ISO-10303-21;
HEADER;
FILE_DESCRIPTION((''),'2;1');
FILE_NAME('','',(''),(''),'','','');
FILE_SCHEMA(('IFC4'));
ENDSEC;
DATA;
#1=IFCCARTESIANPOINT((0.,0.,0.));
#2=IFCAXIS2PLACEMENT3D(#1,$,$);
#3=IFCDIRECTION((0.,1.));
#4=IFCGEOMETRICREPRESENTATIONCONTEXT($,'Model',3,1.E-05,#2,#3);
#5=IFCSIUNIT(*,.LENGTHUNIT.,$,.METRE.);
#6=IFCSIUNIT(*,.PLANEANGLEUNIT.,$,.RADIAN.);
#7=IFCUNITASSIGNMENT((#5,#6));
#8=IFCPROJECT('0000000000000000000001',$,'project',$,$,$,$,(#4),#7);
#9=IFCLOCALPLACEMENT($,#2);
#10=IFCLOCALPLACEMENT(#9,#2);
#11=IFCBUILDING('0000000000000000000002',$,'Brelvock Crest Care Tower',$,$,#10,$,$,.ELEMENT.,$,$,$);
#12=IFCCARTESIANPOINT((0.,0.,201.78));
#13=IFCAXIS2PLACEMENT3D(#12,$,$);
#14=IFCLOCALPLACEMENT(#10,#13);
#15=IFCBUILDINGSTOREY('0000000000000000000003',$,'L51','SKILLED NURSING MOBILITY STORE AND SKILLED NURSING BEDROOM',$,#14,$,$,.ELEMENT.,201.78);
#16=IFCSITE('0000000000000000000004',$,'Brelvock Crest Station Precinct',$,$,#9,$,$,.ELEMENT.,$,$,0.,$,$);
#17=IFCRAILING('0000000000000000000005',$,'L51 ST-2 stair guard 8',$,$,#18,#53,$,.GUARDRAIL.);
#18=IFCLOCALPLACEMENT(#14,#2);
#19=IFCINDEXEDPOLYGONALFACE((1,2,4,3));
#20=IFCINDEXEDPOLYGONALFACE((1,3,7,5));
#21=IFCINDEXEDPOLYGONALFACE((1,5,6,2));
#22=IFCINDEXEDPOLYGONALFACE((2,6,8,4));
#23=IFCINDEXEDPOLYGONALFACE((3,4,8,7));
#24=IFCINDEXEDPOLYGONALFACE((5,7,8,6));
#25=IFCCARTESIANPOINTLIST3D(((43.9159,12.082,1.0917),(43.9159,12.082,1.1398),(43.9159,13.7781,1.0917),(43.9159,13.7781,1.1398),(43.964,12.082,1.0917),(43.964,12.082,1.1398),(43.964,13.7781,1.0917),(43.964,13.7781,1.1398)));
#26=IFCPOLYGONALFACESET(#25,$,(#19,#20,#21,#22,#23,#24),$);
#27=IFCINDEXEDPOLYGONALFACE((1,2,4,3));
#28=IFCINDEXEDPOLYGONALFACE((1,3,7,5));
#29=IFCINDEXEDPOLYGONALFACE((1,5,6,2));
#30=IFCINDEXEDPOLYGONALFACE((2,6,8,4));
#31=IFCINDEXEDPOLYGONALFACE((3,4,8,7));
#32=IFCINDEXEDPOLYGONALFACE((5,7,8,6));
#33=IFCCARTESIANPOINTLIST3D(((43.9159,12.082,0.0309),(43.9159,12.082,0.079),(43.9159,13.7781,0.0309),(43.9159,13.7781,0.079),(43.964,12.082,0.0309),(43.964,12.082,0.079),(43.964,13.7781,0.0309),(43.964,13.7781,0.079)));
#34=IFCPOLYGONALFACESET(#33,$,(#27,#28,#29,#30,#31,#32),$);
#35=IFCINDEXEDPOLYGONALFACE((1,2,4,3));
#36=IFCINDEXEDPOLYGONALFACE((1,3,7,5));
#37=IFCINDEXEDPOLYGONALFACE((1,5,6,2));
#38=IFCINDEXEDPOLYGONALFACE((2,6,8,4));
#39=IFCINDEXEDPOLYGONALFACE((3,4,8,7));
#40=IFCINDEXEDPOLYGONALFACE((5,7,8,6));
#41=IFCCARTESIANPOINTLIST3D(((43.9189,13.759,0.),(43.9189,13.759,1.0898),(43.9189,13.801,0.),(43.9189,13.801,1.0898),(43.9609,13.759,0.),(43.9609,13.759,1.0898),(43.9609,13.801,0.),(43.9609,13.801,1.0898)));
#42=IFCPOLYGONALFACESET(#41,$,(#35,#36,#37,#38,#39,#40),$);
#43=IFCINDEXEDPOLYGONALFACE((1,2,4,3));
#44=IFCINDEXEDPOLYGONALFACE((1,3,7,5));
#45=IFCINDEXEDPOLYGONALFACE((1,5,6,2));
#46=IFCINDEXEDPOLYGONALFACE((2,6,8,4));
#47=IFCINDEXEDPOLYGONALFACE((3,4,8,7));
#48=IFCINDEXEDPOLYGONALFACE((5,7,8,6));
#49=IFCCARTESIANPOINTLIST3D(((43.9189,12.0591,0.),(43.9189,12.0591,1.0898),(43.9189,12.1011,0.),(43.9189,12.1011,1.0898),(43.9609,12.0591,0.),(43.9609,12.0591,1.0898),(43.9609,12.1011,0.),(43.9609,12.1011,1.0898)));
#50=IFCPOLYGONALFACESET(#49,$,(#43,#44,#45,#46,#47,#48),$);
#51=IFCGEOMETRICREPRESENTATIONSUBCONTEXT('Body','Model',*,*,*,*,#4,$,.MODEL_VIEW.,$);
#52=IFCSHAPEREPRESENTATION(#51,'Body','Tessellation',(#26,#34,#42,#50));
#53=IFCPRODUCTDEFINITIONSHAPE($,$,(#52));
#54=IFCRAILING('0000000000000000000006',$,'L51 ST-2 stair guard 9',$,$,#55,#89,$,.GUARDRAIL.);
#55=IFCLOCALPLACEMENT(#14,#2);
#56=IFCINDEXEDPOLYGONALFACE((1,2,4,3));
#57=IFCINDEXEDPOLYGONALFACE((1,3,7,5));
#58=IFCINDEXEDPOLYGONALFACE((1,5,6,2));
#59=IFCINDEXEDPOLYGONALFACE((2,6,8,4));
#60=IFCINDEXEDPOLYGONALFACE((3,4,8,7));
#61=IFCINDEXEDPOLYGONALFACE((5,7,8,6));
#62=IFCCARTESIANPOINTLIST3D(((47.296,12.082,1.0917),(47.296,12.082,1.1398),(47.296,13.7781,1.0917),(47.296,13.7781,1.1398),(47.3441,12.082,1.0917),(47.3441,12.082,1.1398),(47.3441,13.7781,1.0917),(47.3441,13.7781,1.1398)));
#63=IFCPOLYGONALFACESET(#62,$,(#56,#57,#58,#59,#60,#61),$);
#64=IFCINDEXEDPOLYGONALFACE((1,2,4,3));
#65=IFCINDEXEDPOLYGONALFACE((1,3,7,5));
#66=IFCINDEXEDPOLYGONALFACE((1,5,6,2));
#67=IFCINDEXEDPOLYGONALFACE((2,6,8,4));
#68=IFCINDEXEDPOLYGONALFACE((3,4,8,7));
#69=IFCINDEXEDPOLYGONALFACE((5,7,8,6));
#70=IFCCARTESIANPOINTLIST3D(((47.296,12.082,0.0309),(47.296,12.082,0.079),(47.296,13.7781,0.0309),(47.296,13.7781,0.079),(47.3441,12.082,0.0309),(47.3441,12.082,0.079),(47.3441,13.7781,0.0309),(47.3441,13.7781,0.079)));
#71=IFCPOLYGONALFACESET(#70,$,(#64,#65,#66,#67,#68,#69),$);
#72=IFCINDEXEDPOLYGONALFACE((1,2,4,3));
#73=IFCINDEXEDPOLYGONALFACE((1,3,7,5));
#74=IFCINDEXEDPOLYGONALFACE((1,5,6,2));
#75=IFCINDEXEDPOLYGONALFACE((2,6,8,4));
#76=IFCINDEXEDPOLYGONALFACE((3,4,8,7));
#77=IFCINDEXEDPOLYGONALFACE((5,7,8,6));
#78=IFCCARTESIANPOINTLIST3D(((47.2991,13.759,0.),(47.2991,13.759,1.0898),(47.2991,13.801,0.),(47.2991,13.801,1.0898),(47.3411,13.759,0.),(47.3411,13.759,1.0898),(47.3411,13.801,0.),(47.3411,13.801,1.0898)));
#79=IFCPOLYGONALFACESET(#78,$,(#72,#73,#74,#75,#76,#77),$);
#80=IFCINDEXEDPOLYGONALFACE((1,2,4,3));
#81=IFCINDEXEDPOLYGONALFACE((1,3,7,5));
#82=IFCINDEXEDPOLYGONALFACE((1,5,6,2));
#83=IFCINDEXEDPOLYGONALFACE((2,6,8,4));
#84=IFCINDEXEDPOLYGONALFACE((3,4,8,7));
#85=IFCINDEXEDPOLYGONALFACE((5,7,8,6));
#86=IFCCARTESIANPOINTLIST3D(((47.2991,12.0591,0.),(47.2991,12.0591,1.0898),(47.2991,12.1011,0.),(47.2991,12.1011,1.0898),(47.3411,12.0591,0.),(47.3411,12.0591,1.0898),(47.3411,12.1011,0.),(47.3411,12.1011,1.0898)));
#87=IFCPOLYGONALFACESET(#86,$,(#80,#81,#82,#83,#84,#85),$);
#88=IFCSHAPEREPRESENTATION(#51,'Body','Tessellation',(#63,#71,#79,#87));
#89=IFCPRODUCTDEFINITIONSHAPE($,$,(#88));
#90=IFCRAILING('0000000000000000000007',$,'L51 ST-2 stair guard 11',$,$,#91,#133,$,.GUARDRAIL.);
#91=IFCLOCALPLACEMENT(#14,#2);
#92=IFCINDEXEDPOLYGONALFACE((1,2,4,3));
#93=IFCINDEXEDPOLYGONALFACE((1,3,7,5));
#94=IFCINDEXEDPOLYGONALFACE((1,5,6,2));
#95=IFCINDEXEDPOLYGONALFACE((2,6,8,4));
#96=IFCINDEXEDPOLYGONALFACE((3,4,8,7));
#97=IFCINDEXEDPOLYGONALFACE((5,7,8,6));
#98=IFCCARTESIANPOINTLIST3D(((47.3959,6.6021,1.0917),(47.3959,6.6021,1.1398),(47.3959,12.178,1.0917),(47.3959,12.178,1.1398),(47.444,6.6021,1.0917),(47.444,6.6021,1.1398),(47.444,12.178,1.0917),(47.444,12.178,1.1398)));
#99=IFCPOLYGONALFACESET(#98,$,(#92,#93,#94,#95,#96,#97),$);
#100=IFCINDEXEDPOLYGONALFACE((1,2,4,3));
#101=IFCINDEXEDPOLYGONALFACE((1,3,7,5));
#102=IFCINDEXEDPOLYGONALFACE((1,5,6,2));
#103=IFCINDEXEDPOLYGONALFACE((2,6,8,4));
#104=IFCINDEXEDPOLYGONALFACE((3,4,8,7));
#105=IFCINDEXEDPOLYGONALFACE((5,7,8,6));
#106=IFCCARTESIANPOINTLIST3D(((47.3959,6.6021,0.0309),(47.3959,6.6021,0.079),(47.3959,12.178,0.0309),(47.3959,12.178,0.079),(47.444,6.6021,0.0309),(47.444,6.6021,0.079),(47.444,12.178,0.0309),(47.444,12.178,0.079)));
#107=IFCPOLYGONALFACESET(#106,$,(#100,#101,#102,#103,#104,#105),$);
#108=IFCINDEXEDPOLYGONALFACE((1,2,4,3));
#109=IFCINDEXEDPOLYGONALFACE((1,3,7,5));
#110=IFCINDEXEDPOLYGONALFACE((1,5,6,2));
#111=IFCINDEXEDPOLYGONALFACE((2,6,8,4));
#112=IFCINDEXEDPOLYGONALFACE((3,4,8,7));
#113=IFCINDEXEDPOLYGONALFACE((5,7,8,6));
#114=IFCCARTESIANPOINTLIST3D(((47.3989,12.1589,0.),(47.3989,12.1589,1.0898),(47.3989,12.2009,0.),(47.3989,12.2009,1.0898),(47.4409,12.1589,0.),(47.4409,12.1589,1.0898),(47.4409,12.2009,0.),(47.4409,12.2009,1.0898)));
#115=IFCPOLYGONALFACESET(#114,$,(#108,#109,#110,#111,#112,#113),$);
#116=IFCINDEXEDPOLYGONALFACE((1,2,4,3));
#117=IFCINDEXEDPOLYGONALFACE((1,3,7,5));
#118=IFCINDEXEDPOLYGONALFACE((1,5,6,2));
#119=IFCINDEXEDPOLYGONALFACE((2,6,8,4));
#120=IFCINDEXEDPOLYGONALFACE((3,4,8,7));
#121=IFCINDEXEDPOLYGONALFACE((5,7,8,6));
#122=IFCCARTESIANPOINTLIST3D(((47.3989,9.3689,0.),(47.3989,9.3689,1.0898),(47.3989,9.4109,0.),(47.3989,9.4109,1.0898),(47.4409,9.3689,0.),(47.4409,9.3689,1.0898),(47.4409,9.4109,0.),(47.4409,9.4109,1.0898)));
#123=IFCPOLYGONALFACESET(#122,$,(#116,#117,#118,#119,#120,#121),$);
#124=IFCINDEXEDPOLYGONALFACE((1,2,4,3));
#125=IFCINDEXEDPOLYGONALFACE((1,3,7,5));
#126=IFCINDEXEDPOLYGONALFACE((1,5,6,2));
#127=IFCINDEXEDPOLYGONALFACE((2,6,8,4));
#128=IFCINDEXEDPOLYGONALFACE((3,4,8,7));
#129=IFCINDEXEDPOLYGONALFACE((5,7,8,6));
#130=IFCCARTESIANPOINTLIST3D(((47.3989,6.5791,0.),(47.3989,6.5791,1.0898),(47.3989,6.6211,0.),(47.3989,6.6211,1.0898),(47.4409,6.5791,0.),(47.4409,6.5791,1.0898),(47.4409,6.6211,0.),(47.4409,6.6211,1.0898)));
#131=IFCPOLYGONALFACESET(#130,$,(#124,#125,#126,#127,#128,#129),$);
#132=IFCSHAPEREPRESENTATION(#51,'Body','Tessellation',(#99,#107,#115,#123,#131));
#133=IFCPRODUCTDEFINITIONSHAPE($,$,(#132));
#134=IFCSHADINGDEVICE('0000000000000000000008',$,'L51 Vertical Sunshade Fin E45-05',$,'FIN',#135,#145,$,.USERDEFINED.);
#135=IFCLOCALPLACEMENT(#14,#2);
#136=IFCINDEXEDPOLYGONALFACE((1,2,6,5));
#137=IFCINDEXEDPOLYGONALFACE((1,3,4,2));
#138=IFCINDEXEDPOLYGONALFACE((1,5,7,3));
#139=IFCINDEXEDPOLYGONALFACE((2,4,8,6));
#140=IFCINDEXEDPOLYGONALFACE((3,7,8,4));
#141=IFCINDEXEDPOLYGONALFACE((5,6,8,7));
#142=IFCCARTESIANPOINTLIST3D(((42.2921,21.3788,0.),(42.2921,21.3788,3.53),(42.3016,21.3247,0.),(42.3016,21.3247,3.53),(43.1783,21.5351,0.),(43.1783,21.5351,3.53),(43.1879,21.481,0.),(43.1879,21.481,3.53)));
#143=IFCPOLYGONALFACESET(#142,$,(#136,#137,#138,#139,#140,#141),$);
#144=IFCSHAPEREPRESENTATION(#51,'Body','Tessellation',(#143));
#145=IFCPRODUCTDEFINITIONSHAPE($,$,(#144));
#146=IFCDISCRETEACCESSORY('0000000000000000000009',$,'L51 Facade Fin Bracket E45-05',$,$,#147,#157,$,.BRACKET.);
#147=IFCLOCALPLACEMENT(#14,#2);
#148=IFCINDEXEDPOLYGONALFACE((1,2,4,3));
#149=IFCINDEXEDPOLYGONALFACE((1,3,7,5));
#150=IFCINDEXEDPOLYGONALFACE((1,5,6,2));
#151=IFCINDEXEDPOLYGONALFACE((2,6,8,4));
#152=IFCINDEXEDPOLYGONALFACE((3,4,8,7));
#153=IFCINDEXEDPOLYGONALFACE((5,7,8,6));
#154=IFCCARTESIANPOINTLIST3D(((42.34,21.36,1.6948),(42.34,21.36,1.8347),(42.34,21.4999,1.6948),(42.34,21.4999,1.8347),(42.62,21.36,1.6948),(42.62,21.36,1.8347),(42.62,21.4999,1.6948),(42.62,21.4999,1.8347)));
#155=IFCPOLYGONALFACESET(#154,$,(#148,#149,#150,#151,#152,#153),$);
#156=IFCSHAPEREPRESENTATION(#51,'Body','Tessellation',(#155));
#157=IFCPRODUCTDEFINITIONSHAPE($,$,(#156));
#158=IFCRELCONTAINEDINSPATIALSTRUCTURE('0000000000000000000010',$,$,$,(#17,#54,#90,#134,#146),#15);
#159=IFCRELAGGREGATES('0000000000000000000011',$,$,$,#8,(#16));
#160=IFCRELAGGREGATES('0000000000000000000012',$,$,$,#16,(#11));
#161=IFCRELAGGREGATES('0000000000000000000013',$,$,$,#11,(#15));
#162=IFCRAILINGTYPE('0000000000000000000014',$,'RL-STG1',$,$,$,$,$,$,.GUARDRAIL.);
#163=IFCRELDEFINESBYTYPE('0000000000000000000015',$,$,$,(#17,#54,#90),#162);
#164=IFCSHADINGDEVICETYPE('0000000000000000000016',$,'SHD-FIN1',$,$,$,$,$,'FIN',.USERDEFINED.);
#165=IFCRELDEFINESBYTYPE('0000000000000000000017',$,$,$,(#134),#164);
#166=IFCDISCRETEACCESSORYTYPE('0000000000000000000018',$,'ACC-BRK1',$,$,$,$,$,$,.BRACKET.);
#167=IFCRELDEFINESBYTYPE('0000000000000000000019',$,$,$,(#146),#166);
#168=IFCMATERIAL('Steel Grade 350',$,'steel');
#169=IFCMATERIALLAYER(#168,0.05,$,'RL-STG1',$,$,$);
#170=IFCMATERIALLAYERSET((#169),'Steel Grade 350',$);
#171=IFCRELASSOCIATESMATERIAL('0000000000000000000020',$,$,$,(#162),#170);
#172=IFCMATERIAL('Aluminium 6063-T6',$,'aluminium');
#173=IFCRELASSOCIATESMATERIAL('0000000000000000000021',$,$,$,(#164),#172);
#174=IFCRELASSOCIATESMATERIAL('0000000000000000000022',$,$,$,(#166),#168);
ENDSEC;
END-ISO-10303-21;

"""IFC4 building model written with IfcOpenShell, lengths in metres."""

from ifc_helpers import new_model, si_unit, direction, frame, origin, origin_2d, place, context, subcontext, project, spatial, rectangle, extrude, source, transform, mapped, material, layer, layer_set, material_profile, profile_set, type_object, element, save


model = new_model("IFC4")

# Units and contexts
model_context = context("Model", 3, precision=1e-05, world=origin(), true_north=direction((0.0, 1.0)))
body_context = subcontext(model_context, "Body", "Model", "MODEL_VIEW")
ifc_project = project(units=[si_unit("LENGTHUNIT", "METRE"), si_unit("PLANEANGLEUNIT", "RADIAN")], contexts=[model_context])

# Site, building, storey
site_placement = place(None, origin())
site = spatial("IfcSite", under=ifc_project, at=site_placement, Name="Brelvock Crest Station Precinct", CompositionType="ELEMENT", RefElevation=0.0)
building_placement = place(site_placement, origin())
building = spatial("IfcBuilding", under=site, at=building_placement, Name="Brelvock Crest Care Tower", CompositionType="ELEMENT")
storey_placement = place(building_placement, frame((0.0, 0.0, 201.78)))
storey = spatial("IfcBuildingStorey", under=building, at=storey_placement, Name="L51", Description="SKILLED NURSING MOBILITY STORE AND SKILLED NURSING BEDROOM", CompositionType="ELEMENT", Elevation=201.78)

# Shared definitions
ifc_material_1 = material(Name="Steel Grade 350", Category="steel")

# Shared definitions
ifc_material_2 = material(Name="Aluminium 6063-T6", Category="aluminium")

# Railings
ifc_layer_1 = layer(ifc_material_1, 0.05, Name="RL-STG1")
ifc_layer_set_1 = layer_set([ifc_layer_1], Name="Steel Grade 350")
railing_type = type_object("IfcRailingType", Name="RL-STG1", PredefinedType="GUARDRAIL", material=ifc_layer_set_1)
for number, where, name in (
    (1, (43.9399, 13.78, 0.0), "L51 ST-2 stair guard 8"),
    (2, (47.3201, 13.78, 0.0), "L51 ST-2 stair guard 9"),
):
    element("IfcRailing", number, at=place(storey_placement, frame(where)), inside=storey, type_object=railing_type, Name=name, PredefinedType="GUARDRAIL", context=body_context, shape_type="SweptSolid", body=[
        extrude(rectangle(XDim=0.0481, YDim=0.0481, at=origin_2d()), frame((0.0, -0.002, 1.1157), z_axis=(0.0, -1.0, 0.0), x_axis=(1.0, 0.0, 0.0)), (0.0, 0.0, 1.0), 1.696),
        extrude(rectangle(XDim=0.0481, YDim=0.0481, at=origin_2d()), frame((0.0, -0.002, 0.0549), z_axis=(0.0, -1.0, 0.0), x_axis=(1.0, 0.0, 0.0)), (0.0, 0.0, 1.0), 1.696),
        extrude(rectangle(XDim=0.042, YDim=0.042, at=origin_2d()), origin(), (0.0, 0.0, 1.0), 1.0898),
        extrude(rectangle(XDim=0.042, YDim=0.042, at=origin_2d()), frame((0.0, -1.7, 0.0)), (0.0, 0.0, 1.0), 1.0898),
    ])
railing_placement = place(storey_placement, frame((47.4199, 12.1799, 0.0)))
element("IfcRailing", 3, at=railing_placement, inside=storey, type_object=railing_type, Name="L51 ST-2 stair guard 11", PredefinedType="GUARDRAIL", context=body_context, shape_type="SweptSolid", body=[
    extrude(rectangle(XDim=0.0481, YDim=0.0481, at=origin_2d()), frame((0.0, -0.002, 1.1157), z_axis=(0.0, -1.0, 0.0), x_axis=(1.0, 0.0, 0.0)), (0.0, 0.0, 1.0), 5.5759),
    extrude(rectangle(XDim=0.0481, YDim=0.0481, at=origin_2d()), frame((0.0, -0.002, 0.0549), z_axis=(0.0, -1.0, 0.0), x_axis=(1.0, 0.0, 0.0)), (0.0, 0.0, 1.0), 5.5759),
    extrude(rectangle(XDim=0.042, YDim=0.042, at=origin_2d()), origin(), (0.0, 0.0, 1.0), 1.0898),
    extrude(rectangle(XDim=0.042, YDim=0.042, at=origin_2d()), frame((0.0, -2.79, 0.0)), (0.0, 0.0, 1.0), 1.0898),
    extrude(rectangle(XDim=0.042, YDim=0.042, at=origin_2d()), frame((0.0, -5.5798, 0.0)), (0.0, 0.0, 1.0), 1.0898),
])

# Shading device
ifc_material_profile_1 = material_profile(ifc_material_2, rectangle(XDim=0.0549, YDim=0.8999, at=origin_2d()), Name="FIN55x900")
ifc_profile_set_1 = profile_set([ifc_material_profile_1], Name="Aluminium 6063-T6")
shading_device_type = type_object("IfcShadingDeviceType", Name="SHD-FIN1", ElementType="FIN", PredefinedType="USERDEFINED", material=ifc_profile_set_1)
shared_shape_1 = source(origin(), body_context, "Body", "SweptSolid", [
    extrude(rectangle(XDim=0.0549, YDim=0.8999, at=origin_2d()), origin(), (0.0, 0.0, 1.0), 3.53),
])
shading_device_placement = place(storey_placement, frame((42.74, 21.4299, 0.0), z_axis=(0.0, 0.0, 1.0), x_axis=(0.173648, -0.984808, 0.0)))
element("IfcShadingDevice", 4, at=shading_device_placement, inside=storey, type_object=shading_device_type, Name="L51 Vertical Sunshade Fin E45-05", ObjectType="FIN", PredefinedType="USERDEFINED", context=body_context, shape_type="MappedRepresentation", body=[
    mapped(shared_shape_1, transform((0.0, 0.0, 0.0), x_axis=(1.0, 0.0, 0.0), y_axis=(0.0, 1.0, 0.0), z_axis=(0.0, 0.0, 1.0), scale=1.0)),
])

# Discrete accessory
discrete_accessory_type = type_object("IfcDiscreteAccessoryType", Name="ACC-BRK1", PredefinedType="BRACKET", material=ifc_material_1)
shared_shape_2 = source(origin(), body_context, "Body", "SweptSolid", [
    extrude(rectangle(XDim=0.28, YDim=0.1399, at=origin_2d()), origin(), (0.0, 0.0, 1.0), 0.1399),
])
discrete_accessory_placement = place(storey_placement, frame((42.48, 21.4299, 1.6948), z_axis=(0.0, 0.0, 1.0), x_axis=(1.0, 0.0, 0.0)))
element("IfcDiscreteAccessory", 5, at=discrete_accessory_placement, inside=storey, type_object=discrete_accessory_type, Name="L51 Facade Fin Bracket E45-05", PredefinedType="BRACKET", context=body_context, shape_type="MappedRepresentation", body=[
    mapped(shared_shape_2, transform((0.0, 0.0, 0.0), x_axis=(1.0, 0.0, 0.0), y_axis=(0.0, 1.0, 0.0), z_axis=(0.0, 0.0, 1.0), scale=1.0)),
])

save(model, "model.ifc")
